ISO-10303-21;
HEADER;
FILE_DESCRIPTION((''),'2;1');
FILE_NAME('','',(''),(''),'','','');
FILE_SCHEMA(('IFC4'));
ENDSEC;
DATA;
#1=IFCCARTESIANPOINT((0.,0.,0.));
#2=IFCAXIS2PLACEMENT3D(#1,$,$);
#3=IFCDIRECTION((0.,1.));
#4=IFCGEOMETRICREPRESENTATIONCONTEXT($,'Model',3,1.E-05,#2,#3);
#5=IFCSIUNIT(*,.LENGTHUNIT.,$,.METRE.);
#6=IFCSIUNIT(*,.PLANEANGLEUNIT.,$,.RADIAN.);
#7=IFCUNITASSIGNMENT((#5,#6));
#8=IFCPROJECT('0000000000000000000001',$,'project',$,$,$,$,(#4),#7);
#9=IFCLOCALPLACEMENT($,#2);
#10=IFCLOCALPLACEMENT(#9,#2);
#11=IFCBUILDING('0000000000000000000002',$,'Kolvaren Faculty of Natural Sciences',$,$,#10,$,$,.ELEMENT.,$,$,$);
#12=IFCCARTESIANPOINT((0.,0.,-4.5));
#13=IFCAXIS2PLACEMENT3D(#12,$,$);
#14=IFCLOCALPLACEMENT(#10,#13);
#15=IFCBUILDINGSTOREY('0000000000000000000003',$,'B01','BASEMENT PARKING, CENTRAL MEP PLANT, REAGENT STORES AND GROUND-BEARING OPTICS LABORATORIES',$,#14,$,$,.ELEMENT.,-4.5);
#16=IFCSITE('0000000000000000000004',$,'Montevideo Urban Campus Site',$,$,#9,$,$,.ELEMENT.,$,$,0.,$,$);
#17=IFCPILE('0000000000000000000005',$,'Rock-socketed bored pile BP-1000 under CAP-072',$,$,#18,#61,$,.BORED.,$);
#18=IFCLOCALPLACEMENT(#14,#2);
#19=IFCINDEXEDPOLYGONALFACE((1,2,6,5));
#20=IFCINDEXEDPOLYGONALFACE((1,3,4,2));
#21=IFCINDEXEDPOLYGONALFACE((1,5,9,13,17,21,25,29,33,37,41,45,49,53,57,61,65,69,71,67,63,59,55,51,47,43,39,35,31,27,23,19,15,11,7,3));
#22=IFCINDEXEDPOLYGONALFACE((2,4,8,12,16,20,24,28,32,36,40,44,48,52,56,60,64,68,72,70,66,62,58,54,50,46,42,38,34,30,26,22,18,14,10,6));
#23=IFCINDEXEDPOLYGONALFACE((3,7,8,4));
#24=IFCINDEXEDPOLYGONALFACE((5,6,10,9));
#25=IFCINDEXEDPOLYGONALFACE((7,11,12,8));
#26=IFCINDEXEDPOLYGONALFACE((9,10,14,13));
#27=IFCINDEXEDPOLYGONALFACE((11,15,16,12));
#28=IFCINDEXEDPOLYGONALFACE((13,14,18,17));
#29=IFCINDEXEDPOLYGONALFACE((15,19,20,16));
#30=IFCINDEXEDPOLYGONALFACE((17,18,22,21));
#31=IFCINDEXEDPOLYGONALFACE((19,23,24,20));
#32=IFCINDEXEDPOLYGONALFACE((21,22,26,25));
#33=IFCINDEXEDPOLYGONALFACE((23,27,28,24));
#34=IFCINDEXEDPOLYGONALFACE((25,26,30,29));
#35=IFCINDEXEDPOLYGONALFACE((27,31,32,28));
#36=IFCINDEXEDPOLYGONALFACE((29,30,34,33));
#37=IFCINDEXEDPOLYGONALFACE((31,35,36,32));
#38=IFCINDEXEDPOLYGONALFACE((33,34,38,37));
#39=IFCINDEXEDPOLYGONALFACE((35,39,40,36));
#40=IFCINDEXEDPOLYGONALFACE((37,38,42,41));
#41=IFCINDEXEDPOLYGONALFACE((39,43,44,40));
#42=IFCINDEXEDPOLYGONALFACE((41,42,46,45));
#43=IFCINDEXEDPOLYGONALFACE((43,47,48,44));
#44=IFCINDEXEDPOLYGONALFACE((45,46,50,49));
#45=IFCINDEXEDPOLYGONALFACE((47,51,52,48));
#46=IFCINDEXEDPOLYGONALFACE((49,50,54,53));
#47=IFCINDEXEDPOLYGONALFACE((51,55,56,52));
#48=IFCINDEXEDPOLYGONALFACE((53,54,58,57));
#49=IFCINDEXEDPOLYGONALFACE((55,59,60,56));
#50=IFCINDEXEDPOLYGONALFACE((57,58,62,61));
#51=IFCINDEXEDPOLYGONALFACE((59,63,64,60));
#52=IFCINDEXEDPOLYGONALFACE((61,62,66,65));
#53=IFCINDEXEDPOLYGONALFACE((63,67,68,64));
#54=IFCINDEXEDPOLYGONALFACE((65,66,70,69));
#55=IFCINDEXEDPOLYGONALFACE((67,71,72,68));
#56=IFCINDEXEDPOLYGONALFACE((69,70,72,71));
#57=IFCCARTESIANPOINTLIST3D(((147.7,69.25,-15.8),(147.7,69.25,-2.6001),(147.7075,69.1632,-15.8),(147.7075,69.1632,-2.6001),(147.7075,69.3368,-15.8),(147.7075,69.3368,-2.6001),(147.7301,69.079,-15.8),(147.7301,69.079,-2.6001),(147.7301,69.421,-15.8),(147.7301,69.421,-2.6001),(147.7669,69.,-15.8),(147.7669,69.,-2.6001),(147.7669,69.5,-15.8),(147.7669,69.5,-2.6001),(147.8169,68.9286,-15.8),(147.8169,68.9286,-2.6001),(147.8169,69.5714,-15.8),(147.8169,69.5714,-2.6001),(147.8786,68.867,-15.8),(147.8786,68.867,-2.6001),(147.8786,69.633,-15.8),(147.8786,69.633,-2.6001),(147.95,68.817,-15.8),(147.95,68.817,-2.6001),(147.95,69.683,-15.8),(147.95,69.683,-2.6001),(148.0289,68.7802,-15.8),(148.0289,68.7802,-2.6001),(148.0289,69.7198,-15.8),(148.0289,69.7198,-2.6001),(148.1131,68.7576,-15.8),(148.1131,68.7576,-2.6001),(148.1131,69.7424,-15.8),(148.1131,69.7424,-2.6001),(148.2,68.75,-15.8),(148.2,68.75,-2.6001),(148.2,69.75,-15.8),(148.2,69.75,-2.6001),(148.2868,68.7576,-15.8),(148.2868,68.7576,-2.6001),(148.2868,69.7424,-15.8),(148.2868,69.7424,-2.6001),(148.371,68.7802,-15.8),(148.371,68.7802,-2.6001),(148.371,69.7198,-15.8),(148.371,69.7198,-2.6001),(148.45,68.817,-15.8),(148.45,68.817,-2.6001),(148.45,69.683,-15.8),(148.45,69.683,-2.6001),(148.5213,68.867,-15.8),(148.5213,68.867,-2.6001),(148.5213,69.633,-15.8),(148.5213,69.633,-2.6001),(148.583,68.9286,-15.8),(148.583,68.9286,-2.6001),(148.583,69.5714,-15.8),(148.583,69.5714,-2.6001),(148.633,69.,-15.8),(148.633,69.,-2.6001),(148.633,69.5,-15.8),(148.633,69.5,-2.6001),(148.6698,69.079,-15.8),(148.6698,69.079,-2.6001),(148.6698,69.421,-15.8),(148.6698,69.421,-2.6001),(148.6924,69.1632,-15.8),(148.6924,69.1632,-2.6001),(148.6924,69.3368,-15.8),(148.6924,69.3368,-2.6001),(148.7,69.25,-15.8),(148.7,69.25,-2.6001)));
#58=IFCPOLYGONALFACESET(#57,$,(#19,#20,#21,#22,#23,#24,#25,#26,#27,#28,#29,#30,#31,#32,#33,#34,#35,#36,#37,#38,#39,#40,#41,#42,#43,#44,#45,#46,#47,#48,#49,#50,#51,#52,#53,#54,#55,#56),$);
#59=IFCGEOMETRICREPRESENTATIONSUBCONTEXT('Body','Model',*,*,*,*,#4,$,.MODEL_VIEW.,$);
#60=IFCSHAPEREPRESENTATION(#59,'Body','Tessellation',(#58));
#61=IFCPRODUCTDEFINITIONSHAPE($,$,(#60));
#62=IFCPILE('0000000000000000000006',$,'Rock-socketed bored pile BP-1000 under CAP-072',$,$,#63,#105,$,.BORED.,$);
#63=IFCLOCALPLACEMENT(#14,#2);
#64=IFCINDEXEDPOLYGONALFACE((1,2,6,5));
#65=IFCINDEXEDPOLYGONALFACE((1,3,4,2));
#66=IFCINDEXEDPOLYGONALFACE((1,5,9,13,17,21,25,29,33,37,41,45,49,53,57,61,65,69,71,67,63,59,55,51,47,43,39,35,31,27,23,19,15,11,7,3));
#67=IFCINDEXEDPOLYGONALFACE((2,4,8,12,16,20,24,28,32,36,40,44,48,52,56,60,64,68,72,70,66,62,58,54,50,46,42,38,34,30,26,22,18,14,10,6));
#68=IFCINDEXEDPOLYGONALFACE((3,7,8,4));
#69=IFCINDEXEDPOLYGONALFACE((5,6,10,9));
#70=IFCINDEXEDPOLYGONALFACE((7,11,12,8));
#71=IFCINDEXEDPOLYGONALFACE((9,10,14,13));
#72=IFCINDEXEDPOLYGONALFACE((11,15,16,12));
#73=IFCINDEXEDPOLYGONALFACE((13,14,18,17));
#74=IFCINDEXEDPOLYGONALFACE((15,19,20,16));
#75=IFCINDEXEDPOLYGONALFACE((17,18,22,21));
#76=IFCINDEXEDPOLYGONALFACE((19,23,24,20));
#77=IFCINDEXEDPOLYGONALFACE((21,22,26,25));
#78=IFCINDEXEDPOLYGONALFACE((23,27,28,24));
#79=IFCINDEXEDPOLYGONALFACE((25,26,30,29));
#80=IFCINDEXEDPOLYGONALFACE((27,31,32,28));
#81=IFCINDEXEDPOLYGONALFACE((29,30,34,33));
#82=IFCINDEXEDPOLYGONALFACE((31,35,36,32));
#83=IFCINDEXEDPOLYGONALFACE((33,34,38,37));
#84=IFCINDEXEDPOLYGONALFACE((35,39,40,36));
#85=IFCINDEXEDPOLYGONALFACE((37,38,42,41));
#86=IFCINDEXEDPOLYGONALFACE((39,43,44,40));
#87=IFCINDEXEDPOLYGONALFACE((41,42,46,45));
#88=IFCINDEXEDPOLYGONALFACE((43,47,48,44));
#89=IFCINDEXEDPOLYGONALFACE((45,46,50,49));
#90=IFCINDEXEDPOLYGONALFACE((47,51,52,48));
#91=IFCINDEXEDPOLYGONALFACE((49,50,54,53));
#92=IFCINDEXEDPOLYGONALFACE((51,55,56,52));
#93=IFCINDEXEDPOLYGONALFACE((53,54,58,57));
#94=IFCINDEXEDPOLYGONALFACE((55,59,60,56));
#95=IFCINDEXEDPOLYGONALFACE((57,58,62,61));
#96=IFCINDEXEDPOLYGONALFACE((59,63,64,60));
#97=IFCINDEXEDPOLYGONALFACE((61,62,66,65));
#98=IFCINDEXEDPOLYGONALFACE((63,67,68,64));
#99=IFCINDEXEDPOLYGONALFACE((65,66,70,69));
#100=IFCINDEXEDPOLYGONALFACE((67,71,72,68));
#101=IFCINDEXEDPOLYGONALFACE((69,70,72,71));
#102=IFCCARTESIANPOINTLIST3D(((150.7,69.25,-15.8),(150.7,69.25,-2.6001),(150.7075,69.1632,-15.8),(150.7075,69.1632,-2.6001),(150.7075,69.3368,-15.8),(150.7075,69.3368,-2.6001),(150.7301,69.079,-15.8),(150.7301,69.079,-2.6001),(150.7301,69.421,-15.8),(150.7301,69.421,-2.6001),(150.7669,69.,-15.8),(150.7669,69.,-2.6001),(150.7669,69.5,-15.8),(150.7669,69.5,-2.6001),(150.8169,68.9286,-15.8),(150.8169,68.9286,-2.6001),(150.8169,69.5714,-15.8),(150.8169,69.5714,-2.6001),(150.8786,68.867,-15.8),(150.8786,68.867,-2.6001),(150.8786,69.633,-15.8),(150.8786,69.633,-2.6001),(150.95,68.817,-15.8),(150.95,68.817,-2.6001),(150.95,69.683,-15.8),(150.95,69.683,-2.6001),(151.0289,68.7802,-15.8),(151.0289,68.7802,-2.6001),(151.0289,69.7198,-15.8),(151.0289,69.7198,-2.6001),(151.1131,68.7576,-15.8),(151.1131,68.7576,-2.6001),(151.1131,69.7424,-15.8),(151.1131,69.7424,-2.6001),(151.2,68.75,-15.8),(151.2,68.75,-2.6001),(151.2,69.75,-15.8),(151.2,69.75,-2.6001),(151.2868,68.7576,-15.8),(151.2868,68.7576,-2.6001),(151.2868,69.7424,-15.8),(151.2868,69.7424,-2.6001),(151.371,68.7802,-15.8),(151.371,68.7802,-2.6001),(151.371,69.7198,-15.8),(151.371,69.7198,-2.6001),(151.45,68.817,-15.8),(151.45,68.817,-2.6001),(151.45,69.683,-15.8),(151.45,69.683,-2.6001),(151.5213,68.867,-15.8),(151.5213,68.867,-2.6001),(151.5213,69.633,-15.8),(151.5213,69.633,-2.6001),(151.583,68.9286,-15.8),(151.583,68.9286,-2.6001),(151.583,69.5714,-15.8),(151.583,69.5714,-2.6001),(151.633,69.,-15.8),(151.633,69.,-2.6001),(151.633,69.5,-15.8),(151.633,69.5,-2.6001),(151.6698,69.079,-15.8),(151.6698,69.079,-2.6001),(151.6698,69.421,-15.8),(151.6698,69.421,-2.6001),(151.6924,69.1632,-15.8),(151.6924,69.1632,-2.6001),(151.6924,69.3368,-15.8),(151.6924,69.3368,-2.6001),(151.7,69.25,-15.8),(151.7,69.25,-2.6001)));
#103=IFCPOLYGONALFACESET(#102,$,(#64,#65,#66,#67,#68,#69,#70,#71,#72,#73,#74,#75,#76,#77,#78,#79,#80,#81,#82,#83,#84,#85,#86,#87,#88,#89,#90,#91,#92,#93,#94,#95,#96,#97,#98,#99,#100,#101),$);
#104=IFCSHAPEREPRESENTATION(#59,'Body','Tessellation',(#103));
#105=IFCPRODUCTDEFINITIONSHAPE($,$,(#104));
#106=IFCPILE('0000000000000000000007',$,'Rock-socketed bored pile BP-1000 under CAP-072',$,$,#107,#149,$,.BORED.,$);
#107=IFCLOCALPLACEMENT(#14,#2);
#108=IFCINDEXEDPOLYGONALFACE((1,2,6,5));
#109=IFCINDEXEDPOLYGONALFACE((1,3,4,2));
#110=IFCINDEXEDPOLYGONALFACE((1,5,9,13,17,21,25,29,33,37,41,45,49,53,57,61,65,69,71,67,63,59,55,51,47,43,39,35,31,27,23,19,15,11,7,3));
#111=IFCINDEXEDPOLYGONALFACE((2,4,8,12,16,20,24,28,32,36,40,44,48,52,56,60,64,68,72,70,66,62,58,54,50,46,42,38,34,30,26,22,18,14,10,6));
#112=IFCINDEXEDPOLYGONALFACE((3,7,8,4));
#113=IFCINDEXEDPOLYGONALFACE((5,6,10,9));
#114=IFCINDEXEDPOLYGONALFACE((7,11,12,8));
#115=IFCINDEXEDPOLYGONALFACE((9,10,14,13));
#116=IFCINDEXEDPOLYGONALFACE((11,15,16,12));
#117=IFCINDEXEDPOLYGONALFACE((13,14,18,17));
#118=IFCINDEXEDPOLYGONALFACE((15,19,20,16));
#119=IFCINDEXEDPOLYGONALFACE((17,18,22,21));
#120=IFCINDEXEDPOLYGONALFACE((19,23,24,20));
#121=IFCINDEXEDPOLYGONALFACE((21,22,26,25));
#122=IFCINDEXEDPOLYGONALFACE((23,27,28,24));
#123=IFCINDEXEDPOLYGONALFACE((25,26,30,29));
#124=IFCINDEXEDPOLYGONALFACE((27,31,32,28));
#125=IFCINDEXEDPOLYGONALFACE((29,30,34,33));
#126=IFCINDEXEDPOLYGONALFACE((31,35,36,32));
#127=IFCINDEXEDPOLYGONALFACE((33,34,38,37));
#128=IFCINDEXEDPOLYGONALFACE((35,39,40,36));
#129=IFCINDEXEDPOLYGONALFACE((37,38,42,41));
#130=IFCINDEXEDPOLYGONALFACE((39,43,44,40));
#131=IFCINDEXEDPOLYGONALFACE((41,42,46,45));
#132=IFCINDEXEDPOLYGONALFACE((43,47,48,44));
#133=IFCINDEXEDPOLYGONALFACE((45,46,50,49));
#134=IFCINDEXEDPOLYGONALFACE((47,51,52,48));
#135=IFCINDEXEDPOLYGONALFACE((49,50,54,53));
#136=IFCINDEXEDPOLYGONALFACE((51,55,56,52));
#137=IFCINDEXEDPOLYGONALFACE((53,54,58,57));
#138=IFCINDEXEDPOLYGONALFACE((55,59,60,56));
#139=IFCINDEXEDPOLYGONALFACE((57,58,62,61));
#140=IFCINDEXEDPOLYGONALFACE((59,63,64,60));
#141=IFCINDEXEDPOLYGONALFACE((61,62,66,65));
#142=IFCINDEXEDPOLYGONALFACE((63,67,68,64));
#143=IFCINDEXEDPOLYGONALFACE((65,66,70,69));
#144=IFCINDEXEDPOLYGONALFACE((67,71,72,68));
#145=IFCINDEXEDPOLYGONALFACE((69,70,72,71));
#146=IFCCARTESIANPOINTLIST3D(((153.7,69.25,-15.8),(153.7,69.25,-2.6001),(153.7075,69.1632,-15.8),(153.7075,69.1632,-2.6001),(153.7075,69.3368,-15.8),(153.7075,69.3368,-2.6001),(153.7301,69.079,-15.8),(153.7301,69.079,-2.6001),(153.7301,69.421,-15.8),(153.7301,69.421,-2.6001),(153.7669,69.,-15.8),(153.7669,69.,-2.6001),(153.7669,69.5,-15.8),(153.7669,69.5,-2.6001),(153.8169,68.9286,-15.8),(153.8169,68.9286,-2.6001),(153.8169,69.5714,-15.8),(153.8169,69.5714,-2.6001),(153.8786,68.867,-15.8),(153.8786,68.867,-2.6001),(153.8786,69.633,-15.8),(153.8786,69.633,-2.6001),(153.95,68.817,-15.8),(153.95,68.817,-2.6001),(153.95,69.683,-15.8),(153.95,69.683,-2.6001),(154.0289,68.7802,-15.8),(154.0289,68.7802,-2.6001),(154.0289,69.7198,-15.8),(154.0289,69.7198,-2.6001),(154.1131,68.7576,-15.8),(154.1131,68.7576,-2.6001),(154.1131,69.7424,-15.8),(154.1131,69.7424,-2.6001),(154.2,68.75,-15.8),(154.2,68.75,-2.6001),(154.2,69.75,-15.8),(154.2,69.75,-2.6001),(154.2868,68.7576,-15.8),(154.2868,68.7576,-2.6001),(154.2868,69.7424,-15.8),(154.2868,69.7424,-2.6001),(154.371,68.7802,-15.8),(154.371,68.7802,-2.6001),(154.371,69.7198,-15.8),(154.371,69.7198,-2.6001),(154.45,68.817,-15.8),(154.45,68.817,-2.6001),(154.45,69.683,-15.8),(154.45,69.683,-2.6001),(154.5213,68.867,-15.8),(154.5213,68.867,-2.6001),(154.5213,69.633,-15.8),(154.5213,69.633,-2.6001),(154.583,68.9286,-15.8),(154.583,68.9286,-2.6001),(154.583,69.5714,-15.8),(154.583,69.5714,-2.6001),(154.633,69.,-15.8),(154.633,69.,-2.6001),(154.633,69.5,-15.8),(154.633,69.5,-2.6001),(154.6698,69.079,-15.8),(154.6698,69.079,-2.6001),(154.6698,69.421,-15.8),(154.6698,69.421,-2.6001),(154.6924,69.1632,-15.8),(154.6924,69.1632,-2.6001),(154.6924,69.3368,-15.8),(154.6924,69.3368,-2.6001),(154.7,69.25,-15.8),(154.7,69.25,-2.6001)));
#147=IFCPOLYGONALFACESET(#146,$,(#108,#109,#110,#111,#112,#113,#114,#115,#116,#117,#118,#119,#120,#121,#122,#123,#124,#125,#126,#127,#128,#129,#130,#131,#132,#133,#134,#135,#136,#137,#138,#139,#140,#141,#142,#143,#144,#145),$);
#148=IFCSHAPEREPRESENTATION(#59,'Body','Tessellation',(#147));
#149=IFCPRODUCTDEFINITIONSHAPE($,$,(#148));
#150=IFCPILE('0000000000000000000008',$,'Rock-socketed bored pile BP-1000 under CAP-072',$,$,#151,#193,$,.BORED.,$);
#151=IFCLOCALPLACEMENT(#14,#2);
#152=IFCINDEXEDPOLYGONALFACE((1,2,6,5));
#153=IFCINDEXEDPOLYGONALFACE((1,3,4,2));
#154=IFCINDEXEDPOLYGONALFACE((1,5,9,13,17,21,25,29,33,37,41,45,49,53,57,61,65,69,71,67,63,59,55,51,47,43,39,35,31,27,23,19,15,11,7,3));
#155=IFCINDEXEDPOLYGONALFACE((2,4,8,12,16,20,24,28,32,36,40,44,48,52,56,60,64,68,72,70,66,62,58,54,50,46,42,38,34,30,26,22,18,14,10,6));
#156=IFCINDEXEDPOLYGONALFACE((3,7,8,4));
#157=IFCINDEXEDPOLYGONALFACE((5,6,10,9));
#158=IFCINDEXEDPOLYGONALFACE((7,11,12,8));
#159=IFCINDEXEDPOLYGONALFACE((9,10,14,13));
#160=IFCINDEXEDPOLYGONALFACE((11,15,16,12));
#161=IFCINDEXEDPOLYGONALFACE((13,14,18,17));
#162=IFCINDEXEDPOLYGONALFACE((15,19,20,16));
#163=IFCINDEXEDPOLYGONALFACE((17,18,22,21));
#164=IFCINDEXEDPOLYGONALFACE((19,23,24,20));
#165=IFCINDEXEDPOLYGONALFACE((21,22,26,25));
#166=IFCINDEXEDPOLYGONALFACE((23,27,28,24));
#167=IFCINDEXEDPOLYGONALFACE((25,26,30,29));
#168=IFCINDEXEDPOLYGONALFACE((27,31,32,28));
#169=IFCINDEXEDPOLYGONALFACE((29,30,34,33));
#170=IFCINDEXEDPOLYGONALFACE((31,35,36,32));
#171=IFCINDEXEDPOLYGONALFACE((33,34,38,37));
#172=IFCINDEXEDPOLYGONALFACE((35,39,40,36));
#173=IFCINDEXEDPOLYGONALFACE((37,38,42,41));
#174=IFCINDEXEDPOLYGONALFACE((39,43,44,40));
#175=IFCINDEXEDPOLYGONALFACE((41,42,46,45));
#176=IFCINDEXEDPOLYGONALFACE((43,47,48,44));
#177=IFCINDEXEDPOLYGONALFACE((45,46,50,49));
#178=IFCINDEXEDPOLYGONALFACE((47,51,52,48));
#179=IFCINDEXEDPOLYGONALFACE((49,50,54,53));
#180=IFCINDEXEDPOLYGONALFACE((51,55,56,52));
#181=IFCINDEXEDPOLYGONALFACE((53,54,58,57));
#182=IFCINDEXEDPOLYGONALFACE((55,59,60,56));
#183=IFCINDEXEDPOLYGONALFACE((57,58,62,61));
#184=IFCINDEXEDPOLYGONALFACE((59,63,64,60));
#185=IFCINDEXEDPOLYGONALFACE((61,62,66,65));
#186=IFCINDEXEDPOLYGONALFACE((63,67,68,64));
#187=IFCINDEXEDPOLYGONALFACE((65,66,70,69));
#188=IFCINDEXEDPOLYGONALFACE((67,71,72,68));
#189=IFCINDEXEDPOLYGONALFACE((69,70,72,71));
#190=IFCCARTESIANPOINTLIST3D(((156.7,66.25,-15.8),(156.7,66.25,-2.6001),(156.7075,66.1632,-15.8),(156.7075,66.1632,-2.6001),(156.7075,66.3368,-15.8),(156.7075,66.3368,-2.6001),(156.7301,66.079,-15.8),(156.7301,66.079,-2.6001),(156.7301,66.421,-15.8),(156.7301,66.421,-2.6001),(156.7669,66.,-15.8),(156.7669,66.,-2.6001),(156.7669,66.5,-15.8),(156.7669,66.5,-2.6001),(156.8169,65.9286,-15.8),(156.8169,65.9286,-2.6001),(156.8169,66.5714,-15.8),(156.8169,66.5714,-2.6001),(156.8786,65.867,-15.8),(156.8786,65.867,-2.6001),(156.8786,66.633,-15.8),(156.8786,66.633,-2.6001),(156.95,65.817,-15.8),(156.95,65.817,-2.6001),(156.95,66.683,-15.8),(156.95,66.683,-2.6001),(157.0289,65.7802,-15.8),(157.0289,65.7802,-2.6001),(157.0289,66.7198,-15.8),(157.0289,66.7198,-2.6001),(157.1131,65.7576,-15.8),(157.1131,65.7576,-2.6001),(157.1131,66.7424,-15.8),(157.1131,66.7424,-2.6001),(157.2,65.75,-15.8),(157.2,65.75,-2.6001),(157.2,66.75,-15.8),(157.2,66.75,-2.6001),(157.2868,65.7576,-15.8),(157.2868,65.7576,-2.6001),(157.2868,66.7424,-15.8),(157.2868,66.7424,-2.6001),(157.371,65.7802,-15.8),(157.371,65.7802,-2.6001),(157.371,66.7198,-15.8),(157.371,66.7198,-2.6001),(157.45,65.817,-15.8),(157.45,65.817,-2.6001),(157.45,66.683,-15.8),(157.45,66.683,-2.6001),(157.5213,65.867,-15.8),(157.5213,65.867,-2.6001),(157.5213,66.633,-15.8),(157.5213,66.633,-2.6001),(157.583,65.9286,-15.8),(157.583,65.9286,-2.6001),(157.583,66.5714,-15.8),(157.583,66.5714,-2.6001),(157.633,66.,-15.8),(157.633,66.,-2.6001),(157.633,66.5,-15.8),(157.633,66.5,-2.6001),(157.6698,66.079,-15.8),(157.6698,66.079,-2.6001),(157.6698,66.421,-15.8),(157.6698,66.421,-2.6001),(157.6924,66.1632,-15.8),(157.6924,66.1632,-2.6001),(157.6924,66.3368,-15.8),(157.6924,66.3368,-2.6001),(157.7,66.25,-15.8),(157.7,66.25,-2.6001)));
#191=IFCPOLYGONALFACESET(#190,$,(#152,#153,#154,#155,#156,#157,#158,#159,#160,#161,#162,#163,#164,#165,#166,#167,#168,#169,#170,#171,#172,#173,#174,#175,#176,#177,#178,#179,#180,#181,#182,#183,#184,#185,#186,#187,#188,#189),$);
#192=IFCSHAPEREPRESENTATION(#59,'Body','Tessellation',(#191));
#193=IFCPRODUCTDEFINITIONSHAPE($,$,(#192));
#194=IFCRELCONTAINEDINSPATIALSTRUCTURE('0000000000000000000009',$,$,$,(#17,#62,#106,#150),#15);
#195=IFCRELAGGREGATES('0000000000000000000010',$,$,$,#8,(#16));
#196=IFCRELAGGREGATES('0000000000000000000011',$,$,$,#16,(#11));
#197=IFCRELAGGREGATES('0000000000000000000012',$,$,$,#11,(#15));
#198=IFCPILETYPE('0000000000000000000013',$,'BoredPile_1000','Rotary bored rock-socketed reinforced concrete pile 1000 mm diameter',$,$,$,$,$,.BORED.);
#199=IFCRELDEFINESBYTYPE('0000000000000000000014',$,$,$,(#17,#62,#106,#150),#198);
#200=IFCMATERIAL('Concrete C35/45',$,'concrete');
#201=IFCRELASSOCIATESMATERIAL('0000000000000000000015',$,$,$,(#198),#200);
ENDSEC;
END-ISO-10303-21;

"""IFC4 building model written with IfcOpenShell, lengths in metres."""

from ifc_helpers import new_model, si_unit, direction, frame, origin, origin_2d, place, context, subcontext, project, spatial, circle, extrude, material, material_profile, profile_set, type_object, element, save


model = new_model("IFC4")

# Units and contexts
model_context = context("Model", 3, precision=1e-05, world=origin(), true_north=direction((0.0, 1.0)))
body_context = subcontext(model_context, "Body", "Model", "MODEL_VIEW")
ifc_project = project(units=[si_unit("LENGTHUNIT", "METRE"), si_unit("PLANEANGLEUNIT", "RADIAN")], contexts=[model_context])

# Site, building, storey
site_placement = place(None, origin())
site = spatial("IfcSite", under=ifc_project, at=site_placement, Name="Montevideo Urban Campus Site", CompositionType="ELEMENT", RefElevation=0.0)
building_placement = place(site_placement, origin())
building = spatial("IfcBuilding", under=site, at=building_placement, Name="Kolvaren Faculty of Natural Sciences", CompositionType="ELEMENT")
storey_placement = place(building_placement, frame((0.0, 0.0, -4.5)))
storey = spatial("IfcBuildingStorey", under=building, at=storey_placement, Name="B01", Description="BASEMENT PARKING, CENTRAL MEP PLANT, REAGENT STORES AND GROUND-BEARING OPTICS LABORATORIES", CompositionType="ELEMENT", Elevation=-4.5)

# Piles
ifc_material_1 = material(Name="Concrete C35/45", Category="concrete")
ifc_material_profile_1 = material_profile(ifc_material_1, circle(Radius=0.5, at=origin_2d()), Name="PILE D1000")
ifc_profile_set_1 = profile_set([ifc_material_profile_1], Name="Concrete C35/45")
pile_type = type_object("IfcPileType", Name="BoredPile_1000", Description="Rotary bored rock-socketed reinforced concrete pile 1000 mm diameter", PredefinedType="BORED", material=ifc_profile_set_1)
for number, where, z_axis, x_axis, name in (
    (1, (148.2, 69.25, -2.6001), (0.0, 0.0, -1.0), (1.0, 0.0, 0.0), "Rock-socketed bored pile BP-1000 under CAP-072"),
    (2, (151.2, 69.25, -2.6001), (0.0, 0.0, -1.0), (1.0, 0.0, 0.0), "Rock-socketed bored pile BP-1000 under CAP-072"),
    (3, (154.2, 69.25, -2.6001), (0.0, 0.0, -1.0), (1.0, 0.0, 0.0), "Rock-socketed bored pile BP-1000 under CAP-072"),
    (4, (157.2, 66.25, -2.6001), (0.0, 0.0, -1.0), (1.0, 0.0, 0.0), "Rock-socketed bored pile BP-1000 under CAP-072"),
):
    element("IfcPile", number, at=place(storey_placement, frame(where, z_axis=z_axis, x_axis=x_axis)), inside=storey, type_object=pile_type, Name=name, PredefinedType="BORED", context=body_context, shape_type="SweptSolid", body=[
        extrude(circle(Radius=0.5, at=origin_2d()), origin(), (0.0, 0.0, 1.0), 13.2),
    ])

save(model, "model.ifc")
